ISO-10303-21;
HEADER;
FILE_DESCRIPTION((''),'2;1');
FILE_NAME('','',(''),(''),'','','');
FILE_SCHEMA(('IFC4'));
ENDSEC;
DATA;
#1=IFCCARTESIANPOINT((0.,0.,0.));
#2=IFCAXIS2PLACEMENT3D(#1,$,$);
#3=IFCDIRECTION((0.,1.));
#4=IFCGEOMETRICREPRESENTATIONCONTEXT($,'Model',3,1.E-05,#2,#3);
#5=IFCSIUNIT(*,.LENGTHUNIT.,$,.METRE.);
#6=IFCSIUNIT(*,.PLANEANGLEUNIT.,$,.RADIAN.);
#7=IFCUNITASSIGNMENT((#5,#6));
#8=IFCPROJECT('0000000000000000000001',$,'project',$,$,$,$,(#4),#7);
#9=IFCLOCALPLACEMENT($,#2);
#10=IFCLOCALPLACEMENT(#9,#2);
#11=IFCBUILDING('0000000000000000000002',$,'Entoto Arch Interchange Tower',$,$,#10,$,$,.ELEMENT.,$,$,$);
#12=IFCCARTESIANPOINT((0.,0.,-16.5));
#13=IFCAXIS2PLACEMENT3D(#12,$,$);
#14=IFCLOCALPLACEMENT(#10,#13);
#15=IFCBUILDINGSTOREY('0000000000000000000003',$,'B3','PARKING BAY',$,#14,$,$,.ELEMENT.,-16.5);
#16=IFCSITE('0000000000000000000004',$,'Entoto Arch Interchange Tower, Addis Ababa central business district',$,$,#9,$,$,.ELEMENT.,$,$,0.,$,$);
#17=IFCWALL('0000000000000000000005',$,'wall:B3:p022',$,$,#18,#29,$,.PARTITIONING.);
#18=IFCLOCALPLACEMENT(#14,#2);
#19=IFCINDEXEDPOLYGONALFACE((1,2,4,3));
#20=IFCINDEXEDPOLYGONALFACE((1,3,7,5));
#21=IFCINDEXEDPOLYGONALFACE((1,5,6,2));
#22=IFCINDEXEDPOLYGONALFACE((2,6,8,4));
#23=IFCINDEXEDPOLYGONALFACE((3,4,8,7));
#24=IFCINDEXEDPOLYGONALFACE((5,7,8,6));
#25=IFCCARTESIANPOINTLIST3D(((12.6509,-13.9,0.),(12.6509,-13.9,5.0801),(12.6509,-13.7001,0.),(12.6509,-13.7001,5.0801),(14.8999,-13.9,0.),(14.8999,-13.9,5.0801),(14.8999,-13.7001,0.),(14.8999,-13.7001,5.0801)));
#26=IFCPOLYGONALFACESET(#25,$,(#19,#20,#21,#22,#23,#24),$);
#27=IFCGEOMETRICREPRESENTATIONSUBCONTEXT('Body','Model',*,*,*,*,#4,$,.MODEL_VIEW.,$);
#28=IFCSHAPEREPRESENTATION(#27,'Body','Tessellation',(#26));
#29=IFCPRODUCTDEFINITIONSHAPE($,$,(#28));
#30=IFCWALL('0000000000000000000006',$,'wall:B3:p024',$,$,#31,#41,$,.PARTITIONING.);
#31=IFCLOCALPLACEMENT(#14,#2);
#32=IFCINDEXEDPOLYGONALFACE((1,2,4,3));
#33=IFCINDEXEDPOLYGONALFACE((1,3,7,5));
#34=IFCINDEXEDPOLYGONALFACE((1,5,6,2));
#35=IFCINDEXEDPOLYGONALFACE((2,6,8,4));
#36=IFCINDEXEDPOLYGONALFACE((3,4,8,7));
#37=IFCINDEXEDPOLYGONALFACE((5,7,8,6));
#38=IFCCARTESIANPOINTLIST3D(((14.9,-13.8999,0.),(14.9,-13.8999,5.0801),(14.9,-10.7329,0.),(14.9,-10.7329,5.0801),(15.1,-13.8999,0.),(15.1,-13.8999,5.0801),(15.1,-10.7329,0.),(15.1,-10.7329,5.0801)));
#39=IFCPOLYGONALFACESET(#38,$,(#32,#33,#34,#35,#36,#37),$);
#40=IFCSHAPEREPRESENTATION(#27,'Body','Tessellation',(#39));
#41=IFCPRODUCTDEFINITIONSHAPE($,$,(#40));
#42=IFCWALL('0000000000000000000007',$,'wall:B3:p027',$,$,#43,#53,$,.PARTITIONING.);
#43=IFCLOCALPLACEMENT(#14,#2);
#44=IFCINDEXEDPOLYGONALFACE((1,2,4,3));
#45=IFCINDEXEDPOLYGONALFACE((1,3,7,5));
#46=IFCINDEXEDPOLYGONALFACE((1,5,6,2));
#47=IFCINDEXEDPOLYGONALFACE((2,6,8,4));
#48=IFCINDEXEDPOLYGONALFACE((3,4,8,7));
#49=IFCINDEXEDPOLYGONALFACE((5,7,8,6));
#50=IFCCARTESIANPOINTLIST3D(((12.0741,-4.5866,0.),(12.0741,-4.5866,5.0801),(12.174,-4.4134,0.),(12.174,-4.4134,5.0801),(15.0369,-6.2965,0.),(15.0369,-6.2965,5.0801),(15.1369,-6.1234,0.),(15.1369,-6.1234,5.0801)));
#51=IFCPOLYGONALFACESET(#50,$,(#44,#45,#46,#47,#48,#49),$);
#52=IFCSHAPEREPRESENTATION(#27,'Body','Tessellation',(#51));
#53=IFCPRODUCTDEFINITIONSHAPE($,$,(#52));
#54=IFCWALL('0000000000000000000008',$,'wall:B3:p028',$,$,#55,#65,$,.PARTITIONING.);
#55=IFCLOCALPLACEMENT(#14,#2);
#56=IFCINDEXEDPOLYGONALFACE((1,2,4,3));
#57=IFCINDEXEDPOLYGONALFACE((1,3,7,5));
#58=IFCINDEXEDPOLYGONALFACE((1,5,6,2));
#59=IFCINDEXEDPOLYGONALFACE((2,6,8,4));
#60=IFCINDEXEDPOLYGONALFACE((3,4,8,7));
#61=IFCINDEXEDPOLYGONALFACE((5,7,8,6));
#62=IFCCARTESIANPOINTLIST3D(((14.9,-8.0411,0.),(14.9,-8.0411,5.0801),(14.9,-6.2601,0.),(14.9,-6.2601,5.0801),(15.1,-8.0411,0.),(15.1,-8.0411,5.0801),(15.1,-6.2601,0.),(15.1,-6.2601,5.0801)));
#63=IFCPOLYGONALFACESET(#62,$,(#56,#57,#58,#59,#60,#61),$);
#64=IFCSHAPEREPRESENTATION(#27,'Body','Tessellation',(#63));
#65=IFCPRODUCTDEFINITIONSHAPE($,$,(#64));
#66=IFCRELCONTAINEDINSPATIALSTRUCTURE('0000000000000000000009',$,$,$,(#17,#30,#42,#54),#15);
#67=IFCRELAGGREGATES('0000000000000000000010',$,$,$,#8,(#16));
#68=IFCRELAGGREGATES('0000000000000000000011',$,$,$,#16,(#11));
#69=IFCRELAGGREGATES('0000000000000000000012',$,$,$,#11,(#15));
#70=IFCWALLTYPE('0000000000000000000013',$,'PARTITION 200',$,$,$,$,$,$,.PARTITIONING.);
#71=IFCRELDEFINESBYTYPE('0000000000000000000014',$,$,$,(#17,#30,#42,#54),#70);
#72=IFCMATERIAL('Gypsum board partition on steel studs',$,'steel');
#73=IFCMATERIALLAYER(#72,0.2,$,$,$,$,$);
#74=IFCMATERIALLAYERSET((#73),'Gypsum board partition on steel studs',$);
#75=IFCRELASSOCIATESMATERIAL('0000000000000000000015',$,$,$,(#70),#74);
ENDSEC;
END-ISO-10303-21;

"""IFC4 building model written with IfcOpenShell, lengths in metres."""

from ifc_helpers import new_model, si_unit, direction, frame, frame_2d, origin, place, context, subcontext, project, spatial, rectangle, extrude, material, layer, layer_set, type_object, element, save


model = new_model("IFC4")

# Units and contexts
model_context = context("Model", 3, precision=1e-05, world=origin(), true_north=direction((0.0, 1.0)))
body_context = subcontext(model_context, "Body", "Model", "MODEL_VIEW")
ifc_project = project(units=[si_unit("LENGTHUNIT", "METRE"), si_unit("PLANEANGLEUNIT", "RADIAN")], contexts=[model_context])

# Site, building, storey
site_placement = place(None, origin())
site = spatial("IfcSite", under=ifc_project, at=site_placement, Name="Entoto Arch Interchange Tower, Addis Ababa central business district", CompositionType="ELEMENT", RefElevation=0.0)
building_placement = place(site_placement, origin())
building = spatial("IfcBuilding", under=site, at=building_placement, Name="Entoto Arch Interchange Tower", CompositionType="ELEMENT")
storey_placement = place(building_placement, frame((0.0, 0.0, -16.5)))
storey = spatial("IfcBuildingStorey", under=building, at=storey_placement, Name="B3", Description="PARKING BAY", CompositionType="ELEMENT", Elevation=-16.5)

# Shared definitions
ifc_material_1 = material(Name="Gypsum board partition on steel studs", Category="steel")
ifc_layer = layer(ifc_material_1, 0.2)
ifc_layer_set = layer_set([ifc_layer], Name="Gypsum board partition on steel studs")
wall_type = type_object("IfcWallType", Name="PARTITION 200", PredefinedType="PARTITIONING", material=ifc_layer_set)

# Walls
wall_1_placement = place(storey_placement, frame((14.8999, -13.8, 0.0), z_axis=(0.0, 0.0, 1.0), x_axis=(-1.0, 0.0, 0.0)))
element("IfcWall", 1, at=wall_1_placement, inside=storey, type_object=wall_type, Name="wall:B3:p022", PredefinedType="PARTITIONING", context=body_context, shape_type="SweptSolid", body=[
    extrude(rectangle(XDim=2.249, YDim=0.2, at=frame_2d((1.1245, 0.0))), origin(), (0.0, 0.0, 1.0), 5.0801),
])
wall_2_placement = place(storey_placement, frame((15.0, -10.7329, 0.0), z_axis=(0.0, 0.0, 1.0), x_axis=(0.0, -1.0, 0.0)))
element("IfcWall", 2, at=wall_2_placement, inside=storey, type_object=wall_type, Name="wall:B3:p024", PredefinedType="PARTITIONING", context=body_context, shape_type="SweptSolid", body=[
    extrude(rectangle(XDim=3.167, YDim=0.2, at=frame_2d((1.5835, 0.0))), origin(), (0.0, 0.0, 1.0), 5.0801),
])
wall_3_placement = place(storey_placement, frame((12.124, -4.5, 0.0), z_axis=(0.0, 0.0, 1.0), x_axis=(0.86611, -0.499854, 0.0)))
element("IfcWall", 3, at=wall_3_placement, inside=storey, type_object=wall_type, Name="wall:B3:p027", PredefinedType="PARTITIONING", context=body_context, shape_type="SweptSolid", body=[
    extrude(rectangle(XDim=3.4209, YDim=0.2, at=frame_2d((1.7104, 0.0))), origin(), (0.0, 0.0, 1.0), 5.0801),
])
wall_4_placement = place(storey_placement, frame((15.0, -6.26, 0.0), z_axis=(0.0, 0.0, 1.0), x_axis=(0.0, -1.0, 0.0)))
element("IfcWall", 4, at=wall_4_placement, inside=storey, type_object=wall_type, Name="wall:B3:p028", PredefinedType="PARTITIONING", context=body_context, shape_type="SweptSolid", body=[
    extrude(rectangle(XDim=1.781, YDim=0.2, at=frame_2d((0.8906, 0.0))), origin(), (0.0, 0.0, 1.0), 5.0801),
])

save(model, "model.ifc")
